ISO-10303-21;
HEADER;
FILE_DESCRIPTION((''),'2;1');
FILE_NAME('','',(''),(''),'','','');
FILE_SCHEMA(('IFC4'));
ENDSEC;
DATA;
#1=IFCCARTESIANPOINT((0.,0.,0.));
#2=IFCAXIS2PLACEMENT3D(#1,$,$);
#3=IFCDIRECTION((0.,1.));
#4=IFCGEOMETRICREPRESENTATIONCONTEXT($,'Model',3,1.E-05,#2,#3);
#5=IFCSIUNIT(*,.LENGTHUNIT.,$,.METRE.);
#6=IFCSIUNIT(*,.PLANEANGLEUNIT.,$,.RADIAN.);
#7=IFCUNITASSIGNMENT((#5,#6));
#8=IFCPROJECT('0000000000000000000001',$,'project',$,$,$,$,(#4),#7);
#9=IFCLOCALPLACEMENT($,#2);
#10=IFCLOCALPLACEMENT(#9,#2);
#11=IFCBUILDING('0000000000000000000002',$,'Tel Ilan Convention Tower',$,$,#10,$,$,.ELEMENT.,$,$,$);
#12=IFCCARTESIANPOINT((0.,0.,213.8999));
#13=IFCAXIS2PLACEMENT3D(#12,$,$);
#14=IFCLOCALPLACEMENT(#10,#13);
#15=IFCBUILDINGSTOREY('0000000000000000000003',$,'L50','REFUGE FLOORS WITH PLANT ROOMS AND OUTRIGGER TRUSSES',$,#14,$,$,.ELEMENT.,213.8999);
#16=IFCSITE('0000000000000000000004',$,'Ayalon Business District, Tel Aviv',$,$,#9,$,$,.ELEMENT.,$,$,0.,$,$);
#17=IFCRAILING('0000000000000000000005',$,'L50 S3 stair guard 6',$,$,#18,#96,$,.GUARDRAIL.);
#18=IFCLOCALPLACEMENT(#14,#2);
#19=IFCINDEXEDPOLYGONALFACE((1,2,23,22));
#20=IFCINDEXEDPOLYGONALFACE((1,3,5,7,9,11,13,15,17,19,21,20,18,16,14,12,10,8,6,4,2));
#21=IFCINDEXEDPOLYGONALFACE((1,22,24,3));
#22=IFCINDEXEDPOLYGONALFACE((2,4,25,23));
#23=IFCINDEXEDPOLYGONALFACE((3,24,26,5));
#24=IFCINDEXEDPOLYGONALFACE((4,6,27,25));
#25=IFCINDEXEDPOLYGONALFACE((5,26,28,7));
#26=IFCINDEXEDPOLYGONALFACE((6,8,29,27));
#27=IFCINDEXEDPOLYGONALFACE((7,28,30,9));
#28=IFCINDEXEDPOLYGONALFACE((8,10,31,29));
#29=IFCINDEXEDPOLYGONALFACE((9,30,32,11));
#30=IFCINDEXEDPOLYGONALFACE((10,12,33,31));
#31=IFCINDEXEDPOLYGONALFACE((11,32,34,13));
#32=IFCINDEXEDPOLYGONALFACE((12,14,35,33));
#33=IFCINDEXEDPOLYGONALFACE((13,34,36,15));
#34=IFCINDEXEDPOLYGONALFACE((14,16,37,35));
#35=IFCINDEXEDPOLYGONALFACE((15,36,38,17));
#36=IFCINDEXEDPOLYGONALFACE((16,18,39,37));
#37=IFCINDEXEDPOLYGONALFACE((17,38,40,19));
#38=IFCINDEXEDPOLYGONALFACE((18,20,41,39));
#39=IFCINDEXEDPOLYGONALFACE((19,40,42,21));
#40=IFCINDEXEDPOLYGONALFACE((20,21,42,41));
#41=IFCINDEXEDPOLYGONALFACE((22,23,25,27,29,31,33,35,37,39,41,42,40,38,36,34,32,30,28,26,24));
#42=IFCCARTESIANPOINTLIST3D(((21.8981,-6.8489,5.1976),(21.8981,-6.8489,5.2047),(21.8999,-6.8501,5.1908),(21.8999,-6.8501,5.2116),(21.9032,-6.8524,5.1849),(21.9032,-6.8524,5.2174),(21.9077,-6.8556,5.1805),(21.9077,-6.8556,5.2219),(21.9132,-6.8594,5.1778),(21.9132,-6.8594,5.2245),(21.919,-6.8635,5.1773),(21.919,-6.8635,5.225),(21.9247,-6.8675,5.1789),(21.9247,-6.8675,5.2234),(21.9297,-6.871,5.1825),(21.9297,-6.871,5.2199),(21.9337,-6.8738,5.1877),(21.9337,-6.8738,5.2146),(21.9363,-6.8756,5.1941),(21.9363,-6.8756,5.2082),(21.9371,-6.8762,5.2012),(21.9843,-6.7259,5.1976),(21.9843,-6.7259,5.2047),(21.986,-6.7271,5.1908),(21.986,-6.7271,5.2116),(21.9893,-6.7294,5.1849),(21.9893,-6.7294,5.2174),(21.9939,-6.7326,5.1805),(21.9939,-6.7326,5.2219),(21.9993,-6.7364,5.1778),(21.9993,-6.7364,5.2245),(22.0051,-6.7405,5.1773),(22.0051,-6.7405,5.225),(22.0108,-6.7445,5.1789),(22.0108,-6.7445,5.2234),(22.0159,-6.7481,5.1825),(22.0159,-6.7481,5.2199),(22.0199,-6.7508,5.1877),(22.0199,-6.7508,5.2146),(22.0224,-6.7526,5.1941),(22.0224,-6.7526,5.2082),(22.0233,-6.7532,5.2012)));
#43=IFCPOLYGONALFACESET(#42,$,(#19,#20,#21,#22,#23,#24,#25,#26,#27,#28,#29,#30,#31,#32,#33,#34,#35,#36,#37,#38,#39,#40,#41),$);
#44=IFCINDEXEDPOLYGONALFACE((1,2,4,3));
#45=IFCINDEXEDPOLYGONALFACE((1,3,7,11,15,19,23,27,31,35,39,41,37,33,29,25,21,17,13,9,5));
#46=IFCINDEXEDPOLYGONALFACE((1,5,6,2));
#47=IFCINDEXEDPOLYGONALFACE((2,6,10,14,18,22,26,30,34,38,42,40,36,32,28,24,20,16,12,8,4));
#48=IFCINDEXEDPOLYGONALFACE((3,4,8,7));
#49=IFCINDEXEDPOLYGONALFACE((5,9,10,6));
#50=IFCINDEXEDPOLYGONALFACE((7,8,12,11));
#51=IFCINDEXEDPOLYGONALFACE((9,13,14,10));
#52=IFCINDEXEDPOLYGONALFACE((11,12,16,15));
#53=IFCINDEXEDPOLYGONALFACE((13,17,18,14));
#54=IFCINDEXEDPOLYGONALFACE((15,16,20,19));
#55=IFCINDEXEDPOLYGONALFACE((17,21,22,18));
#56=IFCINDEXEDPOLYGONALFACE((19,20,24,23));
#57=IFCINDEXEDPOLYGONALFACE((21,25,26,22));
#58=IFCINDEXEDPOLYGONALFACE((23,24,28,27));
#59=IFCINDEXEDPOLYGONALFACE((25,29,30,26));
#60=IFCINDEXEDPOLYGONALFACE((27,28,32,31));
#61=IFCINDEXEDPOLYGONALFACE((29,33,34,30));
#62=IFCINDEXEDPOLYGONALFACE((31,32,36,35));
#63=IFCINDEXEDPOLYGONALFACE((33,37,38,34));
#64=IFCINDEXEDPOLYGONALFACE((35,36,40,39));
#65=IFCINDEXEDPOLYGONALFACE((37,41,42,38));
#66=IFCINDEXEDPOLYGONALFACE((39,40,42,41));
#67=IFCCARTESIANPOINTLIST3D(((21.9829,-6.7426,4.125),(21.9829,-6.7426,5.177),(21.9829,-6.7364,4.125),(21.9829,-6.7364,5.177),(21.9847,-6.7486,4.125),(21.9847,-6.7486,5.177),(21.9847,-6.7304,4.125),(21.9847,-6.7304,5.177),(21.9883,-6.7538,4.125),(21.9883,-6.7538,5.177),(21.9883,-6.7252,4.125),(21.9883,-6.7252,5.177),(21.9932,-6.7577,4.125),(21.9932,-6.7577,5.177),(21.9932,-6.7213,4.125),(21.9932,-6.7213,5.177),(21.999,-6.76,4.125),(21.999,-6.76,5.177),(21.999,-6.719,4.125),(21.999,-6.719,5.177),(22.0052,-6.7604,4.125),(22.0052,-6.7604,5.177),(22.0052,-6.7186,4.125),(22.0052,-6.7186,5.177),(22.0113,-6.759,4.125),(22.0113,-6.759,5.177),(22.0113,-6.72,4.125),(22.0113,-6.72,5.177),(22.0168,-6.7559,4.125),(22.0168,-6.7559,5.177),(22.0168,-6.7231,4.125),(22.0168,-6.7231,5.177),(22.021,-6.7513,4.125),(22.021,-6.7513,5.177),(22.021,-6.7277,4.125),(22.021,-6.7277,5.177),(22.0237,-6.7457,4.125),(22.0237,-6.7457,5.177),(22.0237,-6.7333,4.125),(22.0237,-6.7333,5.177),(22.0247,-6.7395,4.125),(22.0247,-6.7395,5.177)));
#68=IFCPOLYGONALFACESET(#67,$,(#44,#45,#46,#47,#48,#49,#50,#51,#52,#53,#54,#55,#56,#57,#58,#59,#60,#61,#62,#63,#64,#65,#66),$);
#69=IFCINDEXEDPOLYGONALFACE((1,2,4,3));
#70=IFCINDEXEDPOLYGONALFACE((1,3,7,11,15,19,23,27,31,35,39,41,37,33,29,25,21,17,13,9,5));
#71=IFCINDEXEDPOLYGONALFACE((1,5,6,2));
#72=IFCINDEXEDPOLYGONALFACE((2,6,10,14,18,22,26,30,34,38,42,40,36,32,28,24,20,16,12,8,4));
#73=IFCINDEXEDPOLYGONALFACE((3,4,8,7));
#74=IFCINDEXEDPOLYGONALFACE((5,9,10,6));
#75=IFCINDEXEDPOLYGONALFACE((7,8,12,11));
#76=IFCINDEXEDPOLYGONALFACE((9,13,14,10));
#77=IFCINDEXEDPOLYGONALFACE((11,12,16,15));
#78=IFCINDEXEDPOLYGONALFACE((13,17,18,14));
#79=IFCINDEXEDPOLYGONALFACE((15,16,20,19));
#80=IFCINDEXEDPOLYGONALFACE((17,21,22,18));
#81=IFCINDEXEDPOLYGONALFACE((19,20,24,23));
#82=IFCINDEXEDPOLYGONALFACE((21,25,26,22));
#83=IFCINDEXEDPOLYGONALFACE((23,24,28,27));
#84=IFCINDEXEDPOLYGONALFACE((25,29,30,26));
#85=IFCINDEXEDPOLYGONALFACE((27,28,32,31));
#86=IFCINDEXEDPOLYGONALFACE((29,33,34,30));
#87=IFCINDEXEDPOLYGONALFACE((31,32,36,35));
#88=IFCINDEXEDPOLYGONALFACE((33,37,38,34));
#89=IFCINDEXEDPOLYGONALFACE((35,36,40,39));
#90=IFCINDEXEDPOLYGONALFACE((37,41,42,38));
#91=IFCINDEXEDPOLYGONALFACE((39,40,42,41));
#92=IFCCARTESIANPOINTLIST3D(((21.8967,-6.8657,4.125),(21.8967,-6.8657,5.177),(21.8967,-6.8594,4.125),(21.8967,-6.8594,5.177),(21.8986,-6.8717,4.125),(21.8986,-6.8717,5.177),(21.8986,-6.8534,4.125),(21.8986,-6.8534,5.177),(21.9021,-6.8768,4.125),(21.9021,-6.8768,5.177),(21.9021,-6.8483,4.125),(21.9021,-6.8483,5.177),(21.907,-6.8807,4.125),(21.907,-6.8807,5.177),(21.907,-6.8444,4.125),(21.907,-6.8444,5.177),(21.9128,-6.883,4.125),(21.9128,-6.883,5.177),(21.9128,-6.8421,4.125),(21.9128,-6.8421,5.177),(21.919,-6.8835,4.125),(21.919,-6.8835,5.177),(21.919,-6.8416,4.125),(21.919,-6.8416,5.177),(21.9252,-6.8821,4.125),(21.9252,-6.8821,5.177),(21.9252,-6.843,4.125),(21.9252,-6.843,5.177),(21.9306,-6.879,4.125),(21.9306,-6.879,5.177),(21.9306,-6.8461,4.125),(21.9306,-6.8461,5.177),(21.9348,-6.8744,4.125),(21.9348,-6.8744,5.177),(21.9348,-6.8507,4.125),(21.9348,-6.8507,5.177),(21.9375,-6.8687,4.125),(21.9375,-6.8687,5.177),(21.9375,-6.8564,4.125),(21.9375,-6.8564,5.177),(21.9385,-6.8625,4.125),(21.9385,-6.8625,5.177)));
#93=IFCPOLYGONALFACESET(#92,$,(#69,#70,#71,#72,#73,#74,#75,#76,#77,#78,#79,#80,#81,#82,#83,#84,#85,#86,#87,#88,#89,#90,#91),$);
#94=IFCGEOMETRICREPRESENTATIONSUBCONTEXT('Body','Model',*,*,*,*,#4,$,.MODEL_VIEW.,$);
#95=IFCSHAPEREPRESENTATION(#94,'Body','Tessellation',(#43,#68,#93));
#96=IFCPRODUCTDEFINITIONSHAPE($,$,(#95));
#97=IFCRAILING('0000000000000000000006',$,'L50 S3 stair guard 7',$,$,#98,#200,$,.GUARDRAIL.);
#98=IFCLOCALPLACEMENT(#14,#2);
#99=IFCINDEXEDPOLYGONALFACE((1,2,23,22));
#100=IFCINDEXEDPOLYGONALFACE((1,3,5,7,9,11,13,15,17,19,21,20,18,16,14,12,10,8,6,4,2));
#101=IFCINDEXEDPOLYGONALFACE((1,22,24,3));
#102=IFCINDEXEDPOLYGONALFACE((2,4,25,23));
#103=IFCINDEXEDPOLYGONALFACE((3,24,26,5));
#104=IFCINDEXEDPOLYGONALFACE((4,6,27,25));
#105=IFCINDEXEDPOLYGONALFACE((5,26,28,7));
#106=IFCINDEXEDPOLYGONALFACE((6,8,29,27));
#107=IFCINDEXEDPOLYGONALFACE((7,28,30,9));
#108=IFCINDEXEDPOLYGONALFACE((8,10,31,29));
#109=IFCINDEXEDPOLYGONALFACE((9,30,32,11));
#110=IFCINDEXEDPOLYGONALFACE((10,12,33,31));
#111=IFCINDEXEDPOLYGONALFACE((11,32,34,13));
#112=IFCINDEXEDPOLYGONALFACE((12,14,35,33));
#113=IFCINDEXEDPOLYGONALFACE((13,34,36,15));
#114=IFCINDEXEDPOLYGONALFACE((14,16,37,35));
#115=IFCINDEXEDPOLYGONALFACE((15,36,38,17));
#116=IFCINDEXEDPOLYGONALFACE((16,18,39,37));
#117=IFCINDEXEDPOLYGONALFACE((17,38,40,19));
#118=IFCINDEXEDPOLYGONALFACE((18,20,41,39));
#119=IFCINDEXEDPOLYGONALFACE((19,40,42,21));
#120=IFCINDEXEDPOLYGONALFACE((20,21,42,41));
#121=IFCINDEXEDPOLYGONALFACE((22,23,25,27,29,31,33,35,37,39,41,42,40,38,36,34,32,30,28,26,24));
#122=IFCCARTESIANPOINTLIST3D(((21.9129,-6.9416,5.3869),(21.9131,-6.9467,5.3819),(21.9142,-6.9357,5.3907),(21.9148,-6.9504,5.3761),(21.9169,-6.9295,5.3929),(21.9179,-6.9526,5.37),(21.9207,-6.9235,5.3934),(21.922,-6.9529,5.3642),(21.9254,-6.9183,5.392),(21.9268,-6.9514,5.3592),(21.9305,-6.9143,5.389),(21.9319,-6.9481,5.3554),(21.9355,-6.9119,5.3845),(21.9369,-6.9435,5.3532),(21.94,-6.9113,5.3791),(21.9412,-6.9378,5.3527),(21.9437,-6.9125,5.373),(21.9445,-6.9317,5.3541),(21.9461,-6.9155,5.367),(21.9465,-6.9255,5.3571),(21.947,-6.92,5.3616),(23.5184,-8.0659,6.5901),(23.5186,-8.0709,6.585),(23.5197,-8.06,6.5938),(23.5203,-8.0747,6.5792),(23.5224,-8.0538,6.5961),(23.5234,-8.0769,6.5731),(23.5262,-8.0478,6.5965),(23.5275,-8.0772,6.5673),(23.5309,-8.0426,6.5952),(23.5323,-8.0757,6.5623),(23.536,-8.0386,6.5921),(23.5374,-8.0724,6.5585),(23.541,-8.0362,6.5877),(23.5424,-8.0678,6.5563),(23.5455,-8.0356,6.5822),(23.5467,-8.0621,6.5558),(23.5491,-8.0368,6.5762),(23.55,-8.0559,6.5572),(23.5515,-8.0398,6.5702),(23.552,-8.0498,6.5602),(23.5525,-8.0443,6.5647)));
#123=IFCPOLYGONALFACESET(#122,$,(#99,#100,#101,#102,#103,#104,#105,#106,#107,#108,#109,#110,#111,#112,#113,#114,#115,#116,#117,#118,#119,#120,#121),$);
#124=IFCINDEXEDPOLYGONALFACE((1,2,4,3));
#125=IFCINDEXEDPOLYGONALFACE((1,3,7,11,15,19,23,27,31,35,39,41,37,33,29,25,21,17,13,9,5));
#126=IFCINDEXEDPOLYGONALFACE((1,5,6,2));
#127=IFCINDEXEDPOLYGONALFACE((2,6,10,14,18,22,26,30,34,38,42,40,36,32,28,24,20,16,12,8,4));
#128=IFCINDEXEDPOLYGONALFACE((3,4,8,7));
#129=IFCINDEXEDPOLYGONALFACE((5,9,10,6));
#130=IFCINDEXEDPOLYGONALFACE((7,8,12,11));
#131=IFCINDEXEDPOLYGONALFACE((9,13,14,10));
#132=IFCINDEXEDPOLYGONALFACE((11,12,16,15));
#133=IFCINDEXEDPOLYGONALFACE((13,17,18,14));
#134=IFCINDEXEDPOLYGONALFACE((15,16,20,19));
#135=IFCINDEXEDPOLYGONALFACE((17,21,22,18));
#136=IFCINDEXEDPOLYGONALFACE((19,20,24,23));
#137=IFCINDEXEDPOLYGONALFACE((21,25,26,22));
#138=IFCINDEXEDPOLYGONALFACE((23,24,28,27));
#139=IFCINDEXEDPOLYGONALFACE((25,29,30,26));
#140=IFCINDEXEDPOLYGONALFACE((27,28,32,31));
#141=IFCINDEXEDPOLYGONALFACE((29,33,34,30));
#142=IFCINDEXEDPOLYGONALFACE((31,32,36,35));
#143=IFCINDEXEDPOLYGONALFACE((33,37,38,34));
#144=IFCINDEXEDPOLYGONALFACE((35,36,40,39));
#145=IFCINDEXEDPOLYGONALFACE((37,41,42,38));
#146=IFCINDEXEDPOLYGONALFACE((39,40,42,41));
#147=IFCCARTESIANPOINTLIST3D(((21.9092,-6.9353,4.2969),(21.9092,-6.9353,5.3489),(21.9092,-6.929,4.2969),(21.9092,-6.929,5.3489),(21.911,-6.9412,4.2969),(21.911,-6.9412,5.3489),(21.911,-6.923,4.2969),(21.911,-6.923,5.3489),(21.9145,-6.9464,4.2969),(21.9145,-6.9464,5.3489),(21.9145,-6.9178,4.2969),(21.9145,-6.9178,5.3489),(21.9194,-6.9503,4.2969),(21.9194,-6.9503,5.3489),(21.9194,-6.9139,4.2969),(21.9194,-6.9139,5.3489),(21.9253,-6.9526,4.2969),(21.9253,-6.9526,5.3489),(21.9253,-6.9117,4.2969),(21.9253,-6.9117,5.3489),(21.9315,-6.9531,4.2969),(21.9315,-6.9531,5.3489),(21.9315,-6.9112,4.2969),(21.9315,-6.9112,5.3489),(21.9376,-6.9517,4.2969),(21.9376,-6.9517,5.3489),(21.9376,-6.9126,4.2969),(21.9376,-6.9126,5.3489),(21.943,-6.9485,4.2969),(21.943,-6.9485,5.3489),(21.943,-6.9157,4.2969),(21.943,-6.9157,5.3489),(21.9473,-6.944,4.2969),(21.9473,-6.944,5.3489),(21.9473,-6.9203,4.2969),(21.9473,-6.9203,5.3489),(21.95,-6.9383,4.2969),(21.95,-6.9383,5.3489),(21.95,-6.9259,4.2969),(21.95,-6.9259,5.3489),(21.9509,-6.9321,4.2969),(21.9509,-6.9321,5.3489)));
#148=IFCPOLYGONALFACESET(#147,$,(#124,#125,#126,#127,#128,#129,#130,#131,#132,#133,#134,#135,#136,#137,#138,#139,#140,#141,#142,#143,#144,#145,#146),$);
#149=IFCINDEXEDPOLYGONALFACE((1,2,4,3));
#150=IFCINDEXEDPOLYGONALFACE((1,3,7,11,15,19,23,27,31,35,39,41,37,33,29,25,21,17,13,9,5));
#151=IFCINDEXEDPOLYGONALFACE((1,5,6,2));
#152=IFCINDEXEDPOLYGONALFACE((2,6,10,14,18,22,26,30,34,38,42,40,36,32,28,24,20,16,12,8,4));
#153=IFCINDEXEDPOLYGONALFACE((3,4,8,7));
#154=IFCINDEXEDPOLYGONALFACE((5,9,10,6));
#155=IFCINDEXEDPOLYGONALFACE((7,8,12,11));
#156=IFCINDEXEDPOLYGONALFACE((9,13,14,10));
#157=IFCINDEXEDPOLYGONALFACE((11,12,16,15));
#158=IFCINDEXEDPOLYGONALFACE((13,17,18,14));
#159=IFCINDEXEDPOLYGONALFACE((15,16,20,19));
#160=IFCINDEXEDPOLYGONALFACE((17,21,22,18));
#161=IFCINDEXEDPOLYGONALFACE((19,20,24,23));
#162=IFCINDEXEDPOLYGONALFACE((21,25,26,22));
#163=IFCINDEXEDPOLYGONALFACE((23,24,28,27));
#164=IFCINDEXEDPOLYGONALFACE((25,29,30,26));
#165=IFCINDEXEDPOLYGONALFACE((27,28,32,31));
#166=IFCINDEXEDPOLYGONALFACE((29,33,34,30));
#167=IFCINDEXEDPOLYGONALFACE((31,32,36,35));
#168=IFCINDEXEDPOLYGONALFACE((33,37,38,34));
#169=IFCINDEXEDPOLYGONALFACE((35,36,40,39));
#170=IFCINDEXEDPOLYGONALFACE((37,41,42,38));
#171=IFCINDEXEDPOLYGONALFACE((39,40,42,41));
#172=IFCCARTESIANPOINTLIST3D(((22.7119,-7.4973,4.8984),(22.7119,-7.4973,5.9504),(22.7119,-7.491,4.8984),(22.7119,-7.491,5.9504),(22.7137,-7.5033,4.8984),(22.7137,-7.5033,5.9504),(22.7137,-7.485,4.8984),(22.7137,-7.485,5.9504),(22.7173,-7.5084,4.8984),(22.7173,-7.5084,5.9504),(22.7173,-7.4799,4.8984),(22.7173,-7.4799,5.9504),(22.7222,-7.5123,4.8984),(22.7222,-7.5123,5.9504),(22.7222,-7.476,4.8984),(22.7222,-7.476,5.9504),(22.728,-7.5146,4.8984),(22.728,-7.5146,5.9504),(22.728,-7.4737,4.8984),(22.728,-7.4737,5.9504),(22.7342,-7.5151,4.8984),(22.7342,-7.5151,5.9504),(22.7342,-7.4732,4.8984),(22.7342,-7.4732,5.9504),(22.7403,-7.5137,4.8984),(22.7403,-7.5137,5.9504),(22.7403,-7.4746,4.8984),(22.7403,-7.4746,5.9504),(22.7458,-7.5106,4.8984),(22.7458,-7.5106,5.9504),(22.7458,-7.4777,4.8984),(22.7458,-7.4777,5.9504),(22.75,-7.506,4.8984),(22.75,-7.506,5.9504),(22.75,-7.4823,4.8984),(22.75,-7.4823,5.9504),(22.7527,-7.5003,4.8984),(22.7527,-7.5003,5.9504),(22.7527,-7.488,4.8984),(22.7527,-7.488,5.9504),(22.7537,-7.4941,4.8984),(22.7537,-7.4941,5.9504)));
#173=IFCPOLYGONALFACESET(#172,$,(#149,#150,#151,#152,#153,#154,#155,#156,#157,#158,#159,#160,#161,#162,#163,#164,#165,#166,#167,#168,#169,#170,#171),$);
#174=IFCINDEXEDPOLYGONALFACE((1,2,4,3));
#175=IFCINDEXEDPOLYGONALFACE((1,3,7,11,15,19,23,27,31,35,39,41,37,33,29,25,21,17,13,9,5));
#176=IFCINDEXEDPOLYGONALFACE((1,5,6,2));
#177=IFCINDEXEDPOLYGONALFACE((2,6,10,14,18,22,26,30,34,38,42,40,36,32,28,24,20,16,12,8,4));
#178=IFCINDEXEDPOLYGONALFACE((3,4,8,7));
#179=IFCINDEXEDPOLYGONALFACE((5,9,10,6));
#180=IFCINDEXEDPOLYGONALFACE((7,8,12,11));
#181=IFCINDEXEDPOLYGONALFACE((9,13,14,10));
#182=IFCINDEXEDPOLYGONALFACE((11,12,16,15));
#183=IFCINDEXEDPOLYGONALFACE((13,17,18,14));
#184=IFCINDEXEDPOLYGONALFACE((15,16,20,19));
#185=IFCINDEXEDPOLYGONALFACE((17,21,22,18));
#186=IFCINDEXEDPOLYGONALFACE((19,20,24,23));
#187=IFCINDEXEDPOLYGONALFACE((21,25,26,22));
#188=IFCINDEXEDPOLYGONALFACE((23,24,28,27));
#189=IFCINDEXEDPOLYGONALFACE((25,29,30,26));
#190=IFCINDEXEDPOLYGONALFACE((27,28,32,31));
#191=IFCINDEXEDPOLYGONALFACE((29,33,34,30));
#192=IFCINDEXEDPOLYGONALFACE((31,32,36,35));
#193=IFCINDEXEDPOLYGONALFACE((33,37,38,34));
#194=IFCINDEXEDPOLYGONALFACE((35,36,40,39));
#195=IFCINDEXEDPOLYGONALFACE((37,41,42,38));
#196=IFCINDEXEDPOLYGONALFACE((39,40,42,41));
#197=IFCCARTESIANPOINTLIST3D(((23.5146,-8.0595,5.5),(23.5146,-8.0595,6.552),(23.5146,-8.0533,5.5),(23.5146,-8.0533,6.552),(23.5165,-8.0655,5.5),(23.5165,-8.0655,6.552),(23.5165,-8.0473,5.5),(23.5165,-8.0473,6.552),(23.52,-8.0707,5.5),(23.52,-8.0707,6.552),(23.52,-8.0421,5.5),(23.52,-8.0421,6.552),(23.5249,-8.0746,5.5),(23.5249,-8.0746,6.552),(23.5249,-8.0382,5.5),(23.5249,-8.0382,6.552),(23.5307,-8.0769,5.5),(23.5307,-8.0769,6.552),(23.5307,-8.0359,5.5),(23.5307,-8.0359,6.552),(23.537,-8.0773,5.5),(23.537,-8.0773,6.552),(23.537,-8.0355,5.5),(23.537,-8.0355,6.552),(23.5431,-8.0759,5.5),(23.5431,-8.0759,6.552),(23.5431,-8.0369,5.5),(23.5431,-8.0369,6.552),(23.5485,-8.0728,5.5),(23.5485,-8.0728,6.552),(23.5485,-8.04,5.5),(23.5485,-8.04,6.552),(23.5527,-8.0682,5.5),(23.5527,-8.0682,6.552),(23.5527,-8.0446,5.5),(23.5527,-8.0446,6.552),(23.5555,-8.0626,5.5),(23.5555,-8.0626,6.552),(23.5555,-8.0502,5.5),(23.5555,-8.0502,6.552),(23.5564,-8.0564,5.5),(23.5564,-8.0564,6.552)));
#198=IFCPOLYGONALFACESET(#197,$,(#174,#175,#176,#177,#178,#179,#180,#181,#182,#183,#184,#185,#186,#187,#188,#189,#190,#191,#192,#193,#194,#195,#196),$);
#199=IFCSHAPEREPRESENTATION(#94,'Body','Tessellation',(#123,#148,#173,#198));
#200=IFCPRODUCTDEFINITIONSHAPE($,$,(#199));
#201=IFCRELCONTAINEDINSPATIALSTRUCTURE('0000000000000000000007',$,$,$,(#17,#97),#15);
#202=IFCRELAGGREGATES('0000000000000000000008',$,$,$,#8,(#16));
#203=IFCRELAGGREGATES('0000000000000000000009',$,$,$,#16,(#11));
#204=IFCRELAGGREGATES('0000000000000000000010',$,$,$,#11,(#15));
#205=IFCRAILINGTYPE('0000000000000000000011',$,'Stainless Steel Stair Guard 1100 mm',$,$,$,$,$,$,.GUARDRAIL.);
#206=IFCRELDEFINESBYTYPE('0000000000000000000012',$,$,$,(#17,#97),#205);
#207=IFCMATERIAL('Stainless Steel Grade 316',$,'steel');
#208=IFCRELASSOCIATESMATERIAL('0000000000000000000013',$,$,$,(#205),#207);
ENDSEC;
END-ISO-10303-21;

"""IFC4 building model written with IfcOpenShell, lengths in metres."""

from ifc_helpers import new_model, si_unit, direction, frame, origin, origin_2d, place, context, subcontext, project, spatial, circle, extrude, material, type_object, element, save


model = new_model("IFC4")

# Units and contexts
model_context = context("Model", 3, precision=1e-05, world=origin(), true_north=direction((0.0, 1.0)))
body_context = subcontext(model_context, "Body", "Model", "MODEL_VIEW")
ifc_project = project(units=[si_unit("LENGTHUNIT", "METRE"), si_unit("PLANEANGLEUNIT", "RADIAN")], contexts=[model_context])

# Site, building, storey
site_placement = place(None, origin())
site = spatial("IfcSite", under=ifc_project, at=site_placement, Name="Ayalon Business District, Tel Aviv", CompositionType="ELEMENT", RefElevation=0.0)
building_placement = place(site_placement, origin())
building = spatial("IfcBuilding", under=site, at=building_placement, Name="Tel Ilan Convention Tower", CompositionType="ELEMENT")
storey_placement = place(building_placement, frame((0.0, 0.0, 213.8999)))
storey = spatial("IfcBuildingStorey", under=building, at=storey_placement, Name="L50", Description="REFUGE FLOORS WITH PLANT ROOMS AND OUTRIGGER TRUSSES", CompositionType="ELEMENT", Elevation=213.8999)

# Railings
ifc_material_1 = material(Name="Stainless Steel Grade 316", Category="steel")
railing_type_1 = type_object("IfcRailingType", Name="Stainless Steel Stair Guard 1100 mm", PredefinedType="GUARDRAIL", material=ifc_material_1)
railing_1_placement = place(storey_placement, frame((22.0037, -6.7395, 4.125)))
element("IfcRailing", 1, at=railing_1_placement, inside=storey, type_object=railing_type_1, Name="L50 S3 stair guard 6", PredefinedType="GUARDRAIL", context=body_context, shape_type="SweptSolid", body=[
    extrude(circle(Radius=0.0239, at=origin_2d()), frame((0.0, 0.0, 1.0762), z_axis=(-0.57368, -0.819079, 0.0), x_axis=(0.819079, -0.57368, 0.0)), (0.0, 0.0, 1.0), 0.1501),
    extrude(circle(Radius=0.021, at=origin_2d()), origin(), (0.0, 0.0, 1.0), 1.052),
    extrude(circle(Radius=0.021, at=origin_2d()), frame((-0.0862, -0.123, 0.0)), (0.0, 0.0, 1.0), 1.052),
])
railing_2_placement = place(storey_placement, frame((21.9299, -6.9321, 4.2969)))
element("IfcRailing", 2, at=railing_2_placement, inside=storey, type_object=railing_type_1, Name="L50 S3 stair guard 7", PredefinedType="GUARDRAIL", context=body_context, shape_type="SweptSolid", body=[
    extrude(circle(Radius=0.0239, at=origin_2d()), frame((0.0, 0.0, 1.0762), z_axis=(0.698095, -0.488857, 0.523146), x_axis=(0.573613, 0.819127, 0.0)), (0.0, 0.0, 1.0), 2.2998),
    extrude(circle(Radius=0.021, at=origin_2d()), origin(), (0.0, 0.0, 1.0), 1.052),
    extrude(circle(Radius=0.021, at=origin_2d()), frame((0.8027, -0.562, 0.6016)), (0.0, 0.0, 1.0), 1.052),
    extrude(circle(Radius=0.021, at=origin_2d()), frame((1.6055, -1.1243, 1.2031)), (0.0, 0.0, 1.0), 1.052),
])

save(model, "model.ifc")
